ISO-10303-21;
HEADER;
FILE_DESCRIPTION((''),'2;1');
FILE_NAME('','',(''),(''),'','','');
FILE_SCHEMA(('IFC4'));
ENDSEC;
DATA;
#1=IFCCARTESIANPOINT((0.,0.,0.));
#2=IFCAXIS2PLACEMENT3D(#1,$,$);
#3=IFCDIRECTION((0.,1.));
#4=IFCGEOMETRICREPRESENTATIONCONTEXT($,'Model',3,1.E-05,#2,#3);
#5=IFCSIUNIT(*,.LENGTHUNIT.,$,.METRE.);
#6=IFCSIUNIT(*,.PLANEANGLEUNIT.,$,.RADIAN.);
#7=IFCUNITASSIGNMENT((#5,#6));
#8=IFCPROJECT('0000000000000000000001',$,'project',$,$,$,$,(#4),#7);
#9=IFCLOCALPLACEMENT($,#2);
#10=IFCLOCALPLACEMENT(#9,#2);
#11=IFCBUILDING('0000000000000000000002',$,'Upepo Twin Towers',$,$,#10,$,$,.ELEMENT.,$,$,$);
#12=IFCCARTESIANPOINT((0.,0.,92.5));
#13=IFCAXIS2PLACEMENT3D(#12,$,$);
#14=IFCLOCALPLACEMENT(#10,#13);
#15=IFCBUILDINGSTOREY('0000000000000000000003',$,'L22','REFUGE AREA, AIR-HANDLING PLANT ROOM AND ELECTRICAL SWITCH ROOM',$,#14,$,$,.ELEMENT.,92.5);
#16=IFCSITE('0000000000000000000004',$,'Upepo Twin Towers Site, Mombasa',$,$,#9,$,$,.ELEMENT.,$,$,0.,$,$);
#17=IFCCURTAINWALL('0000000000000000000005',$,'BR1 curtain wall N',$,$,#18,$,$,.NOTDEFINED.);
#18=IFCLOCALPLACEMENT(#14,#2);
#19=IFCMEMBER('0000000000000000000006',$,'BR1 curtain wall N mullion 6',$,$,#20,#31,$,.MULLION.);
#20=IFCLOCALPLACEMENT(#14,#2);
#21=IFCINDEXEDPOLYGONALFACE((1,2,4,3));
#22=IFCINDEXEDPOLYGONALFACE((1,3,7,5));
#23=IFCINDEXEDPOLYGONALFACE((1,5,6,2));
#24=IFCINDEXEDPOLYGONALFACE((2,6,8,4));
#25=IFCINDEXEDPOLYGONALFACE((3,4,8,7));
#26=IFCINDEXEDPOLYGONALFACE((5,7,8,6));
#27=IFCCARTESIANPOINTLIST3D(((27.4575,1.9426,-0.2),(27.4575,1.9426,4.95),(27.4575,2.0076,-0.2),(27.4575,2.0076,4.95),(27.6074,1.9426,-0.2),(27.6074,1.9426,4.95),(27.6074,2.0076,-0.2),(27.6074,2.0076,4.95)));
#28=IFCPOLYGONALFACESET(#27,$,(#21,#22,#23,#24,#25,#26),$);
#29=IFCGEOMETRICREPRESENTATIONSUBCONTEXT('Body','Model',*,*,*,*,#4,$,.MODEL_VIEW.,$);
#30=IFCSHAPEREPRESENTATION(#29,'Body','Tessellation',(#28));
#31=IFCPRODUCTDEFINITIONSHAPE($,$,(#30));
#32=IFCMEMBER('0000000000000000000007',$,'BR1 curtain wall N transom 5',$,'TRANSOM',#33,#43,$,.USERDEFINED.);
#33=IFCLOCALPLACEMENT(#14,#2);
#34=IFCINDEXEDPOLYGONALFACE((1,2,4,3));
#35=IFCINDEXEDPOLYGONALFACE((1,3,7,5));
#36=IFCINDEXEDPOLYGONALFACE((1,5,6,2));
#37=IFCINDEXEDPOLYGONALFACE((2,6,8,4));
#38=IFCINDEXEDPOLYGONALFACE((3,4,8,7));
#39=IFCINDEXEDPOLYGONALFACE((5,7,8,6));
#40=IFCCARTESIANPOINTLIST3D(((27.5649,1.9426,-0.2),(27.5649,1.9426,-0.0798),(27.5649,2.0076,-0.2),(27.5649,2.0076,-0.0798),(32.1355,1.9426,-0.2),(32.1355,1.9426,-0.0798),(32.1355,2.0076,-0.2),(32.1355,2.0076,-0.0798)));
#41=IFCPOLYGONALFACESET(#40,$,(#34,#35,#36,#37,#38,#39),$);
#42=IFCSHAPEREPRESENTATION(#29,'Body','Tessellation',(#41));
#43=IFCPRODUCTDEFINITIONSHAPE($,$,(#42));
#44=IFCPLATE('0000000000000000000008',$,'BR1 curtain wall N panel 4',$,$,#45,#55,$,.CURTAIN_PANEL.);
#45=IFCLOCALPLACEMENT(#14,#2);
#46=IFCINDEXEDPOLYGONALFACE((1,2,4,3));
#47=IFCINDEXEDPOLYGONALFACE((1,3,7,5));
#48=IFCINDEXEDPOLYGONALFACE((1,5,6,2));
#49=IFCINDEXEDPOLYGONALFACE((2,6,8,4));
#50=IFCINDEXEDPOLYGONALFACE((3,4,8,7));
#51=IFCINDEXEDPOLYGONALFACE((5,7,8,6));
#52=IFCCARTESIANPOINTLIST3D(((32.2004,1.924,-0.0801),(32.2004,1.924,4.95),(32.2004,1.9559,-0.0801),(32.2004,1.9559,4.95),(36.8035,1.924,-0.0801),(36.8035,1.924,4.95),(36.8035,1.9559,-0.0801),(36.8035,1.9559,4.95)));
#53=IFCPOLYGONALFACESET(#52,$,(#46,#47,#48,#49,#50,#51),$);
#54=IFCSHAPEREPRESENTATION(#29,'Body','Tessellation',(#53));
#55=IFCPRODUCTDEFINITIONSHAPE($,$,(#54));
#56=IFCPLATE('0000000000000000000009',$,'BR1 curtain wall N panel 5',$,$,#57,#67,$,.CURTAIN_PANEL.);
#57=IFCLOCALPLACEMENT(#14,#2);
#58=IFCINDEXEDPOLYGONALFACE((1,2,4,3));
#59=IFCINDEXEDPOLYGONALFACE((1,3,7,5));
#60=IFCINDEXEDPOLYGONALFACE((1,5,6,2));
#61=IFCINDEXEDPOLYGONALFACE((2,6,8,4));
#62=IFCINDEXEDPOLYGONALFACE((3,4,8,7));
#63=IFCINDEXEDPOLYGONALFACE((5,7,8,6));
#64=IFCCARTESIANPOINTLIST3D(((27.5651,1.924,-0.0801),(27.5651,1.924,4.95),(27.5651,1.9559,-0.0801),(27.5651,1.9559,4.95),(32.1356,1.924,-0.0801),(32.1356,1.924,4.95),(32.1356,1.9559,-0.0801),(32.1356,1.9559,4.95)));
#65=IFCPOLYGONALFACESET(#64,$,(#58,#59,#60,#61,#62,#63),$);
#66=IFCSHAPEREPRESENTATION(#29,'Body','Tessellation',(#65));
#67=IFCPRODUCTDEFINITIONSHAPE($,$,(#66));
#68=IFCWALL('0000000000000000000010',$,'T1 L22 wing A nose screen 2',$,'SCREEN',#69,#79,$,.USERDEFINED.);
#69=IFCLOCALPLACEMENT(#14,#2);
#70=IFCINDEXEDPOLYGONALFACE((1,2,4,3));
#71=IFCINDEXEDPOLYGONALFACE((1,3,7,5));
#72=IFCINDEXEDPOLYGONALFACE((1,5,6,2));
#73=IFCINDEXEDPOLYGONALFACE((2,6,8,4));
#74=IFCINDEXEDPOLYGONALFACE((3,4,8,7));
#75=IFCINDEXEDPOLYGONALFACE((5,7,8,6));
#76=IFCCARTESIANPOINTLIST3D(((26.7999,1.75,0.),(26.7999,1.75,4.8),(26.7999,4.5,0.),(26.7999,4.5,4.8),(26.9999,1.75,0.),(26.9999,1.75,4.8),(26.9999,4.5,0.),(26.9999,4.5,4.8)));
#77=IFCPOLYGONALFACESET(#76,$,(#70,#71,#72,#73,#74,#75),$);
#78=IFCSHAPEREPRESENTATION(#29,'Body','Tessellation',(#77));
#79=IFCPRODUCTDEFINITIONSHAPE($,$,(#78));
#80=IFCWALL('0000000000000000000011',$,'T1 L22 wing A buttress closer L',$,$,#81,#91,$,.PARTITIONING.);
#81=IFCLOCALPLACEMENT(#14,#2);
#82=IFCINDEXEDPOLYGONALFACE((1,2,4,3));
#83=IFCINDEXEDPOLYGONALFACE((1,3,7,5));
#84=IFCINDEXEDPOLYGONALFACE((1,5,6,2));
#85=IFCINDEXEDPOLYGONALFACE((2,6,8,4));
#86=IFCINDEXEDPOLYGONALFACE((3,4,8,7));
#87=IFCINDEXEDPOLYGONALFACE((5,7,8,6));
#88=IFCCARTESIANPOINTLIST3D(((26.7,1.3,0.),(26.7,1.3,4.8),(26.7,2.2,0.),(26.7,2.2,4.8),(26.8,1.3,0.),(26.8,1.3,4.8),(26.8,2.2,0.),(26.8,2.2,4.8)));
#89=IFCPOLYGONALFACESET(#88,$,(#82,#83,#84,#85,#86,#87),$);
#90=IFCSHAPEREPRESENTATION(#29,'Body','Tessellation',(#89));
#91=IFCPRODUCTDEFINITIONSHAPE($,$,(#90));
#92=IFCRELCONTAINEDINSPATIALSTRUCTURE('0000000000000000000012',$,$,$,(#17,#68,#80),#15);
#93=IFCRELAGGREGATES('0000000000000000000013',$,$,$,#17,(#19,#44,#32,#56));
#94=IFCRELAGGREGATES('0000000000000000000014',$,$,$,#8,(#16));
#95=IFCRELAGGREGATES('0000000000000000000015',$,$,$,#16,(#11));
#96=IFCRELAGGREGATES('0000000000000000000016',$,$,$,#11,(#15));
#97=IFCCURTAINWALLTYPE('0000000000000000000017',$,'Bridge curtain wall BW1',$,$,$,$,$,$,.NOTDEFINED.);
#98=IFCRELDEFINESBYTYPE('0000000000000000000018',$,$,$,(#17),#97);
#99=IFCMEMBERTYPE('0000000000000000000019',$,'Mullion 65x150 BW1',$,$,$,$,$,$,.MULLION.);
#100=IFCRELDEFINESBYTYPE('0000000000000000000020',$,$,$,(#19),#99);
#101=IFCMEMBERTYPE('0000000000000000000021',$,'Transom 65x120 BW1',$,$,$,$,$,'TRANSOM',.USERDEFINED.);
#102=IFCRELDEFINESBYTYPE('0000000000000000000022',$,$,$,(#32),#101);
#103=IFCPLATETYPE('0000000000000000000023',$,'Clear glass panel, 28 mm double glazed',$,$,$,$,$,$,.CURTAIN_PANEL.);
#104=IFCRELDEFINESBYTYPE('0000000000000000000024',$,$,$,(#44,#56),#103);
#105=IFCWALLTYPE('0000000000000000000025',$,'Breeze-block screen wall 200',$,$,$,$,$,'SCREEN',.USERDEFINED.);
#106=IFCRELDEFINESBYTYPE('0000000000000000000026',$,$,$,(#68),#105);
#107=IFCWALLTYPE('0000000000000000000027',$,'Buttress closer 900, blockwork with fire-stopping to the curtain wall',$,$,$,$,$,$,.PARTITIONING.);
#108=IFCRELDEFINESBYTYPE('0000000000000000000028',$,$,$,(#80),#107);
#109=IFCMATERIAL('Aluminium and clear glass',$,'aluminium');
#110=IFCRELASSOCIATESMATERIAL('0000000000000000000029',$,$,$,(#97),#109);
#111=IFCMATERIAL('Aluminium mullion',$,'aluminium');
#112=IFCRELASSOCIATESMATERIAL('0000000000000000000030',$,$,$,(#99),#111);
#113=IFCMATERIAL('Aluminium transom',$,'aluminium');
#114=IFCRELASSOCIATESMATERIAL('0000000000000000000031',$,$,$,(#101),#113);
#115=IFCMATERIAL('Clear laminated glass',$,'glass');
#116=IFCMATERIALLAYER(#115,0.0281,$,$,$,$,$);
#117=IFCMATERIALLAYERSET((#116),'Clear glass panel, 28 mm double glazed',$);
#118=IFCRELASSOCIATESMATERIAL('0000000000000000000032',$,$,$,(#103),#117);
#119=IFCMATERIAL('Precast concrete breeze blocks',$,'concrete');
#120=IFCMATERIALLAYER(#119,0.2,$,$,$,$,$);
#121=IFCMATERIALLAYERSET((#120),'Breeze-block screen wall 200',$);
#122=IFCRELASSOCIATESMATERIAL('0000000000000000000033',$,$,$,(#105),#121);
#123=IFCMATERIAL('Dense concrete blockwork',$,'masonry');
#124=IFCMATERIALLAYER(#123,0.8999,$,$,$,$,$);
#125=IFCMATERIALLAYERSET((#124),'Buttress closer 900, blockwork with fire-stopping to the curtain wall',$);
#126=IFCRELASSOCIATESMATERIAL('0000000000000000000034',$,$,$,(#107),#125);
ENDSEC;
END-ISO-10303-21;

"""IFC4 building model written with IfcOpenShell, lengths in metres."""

from ifc_helpers import new_model, si_unit, direction, frame, frame_2d, origin, origin_2d, place, context, subcontext, project, spatial, rectangle, extrude, material, layer, layer_set, material_profile, profile_set, type_object, element, aggregate, save


model = new_model("IFC4")

# Units and contexts
model_context = context("Model", 3, precision=1e-05, world=origin(), true_north=direction((0.0, 1.0)))
body_context = subcontext(model_context, "Body", "Model", "MODEL_VIEW")
ifc_project = project(units=[si_unit("LENGTHUNIT", "METRE"), si_unit("PLANEANGLEUNIT", "RADIAN")], contexts=[model_context])

# Site, building, storey
site_placement = place(None, origin())
site = spatial("IfcSite", under=ifc_project, at=site_placement, Name="Upepo Twin Towers Site, Mombasa", CompositionType="ELEMENT", RefElevation=0.0)
building_placement = place(site_placement, origin())
building = spatial("IfcBuilding", under=site, at=building_placement, Name="Upepo Twin Towers", CompositionType="ELEMENT")
storey_placement = place(building_placement, frame((0.0, 0.0, 92.5)))
storey = spatial("IfcBuildingStorey", under=building, at=storey_placement, Name="L22", Description="REFUGE AREA, AIR-HANDLING PLANT ROOM AND ELECTRICAL SWITCH ROOM", CompositionType="ELEMENT", Elevation=92.5)

# Curtain wall, members, plates
ifc_material_1 = material(Name="Aluminium and clear glass", Category="aluminium")
curtain_wall_type = type_object("IfcCurtainWallType", Name="Bridge curtain wall BW1", PredefinedType="NOTDEFINED", material=ifc_material_1)
curtain_wall_placement = place(storey_placement, origin())
curtain_wall = element("IfcCurtainWall", 1, at=curtain_wall_placement, inside=storey, type_object=curtain_wall_type, Name="BR1 curtain wall N", PredefinedType="NOTDEFINED")
ifc_material_2 = material(Name="Aluminium mullion", Category="aluminium")
ifc_material_profile_1 = material_profile(ifc_material_2, rectangle(XDim=0.0649, YDim=0.1499, at=origin_2d()), Name="MULLION 65x150 BRIDGE")
ifc_profile_set_1 = profile_set([ifc_material_profile_1], Name="Aluminium mullion")
member_type_1 = type_object("IfcMemberType", Name="Mullion 65x150 BW1", PredefinedType="MULLION", material=ifc_profile_set_1)
member_1_placement = place(storey_placement, frame((27.5325, 1.9751, -0.2), z_axis=(0.0, 0.0, 1.0), x_axis=(0.0, -1.0, 0.0)))
member_1 = element("IfcMember", 2, at=member_1_placement, type_object=member_type_1, Name="BR1 curtain wall N mullion 6", PredefinedType="MULLION", context=body_context, shape_type="SweptSolid", body=[
    extrude(rectangle(XDim=0.0649, YDim=0.1499, at=origin_2d()), origin(), (0.0, 0.0, 1.0), 5.1499),
])
ifc_material_3 = material(Name="Aluminium transom", Category="aluminium")
ifc_material_profile_2 = material_profile(ifc_material_3, rectangle(XDim=0.0649, YDim=0.1201, at=origin_2d()), Name="TRANSOM 65x120 BRIDGE")
ifc_profile_set_2 = profile_set([ifc_material_profile_2], Name="Aluminium transom")
member_type_2 = type_object("IfcMemberType", Name="Transom 65x120 BW1", ElementType="TRANSOM", PredefinedType="USERDEFINED", material=ifc_profile_set_2)
member_2_placement = place(storey_placement, frame((32.1355, 1.9751, -0.1399), z_axis=(-1.0, 0.0, 0.0), x_axis=(0.0, -1.0, 0.0)))
member_2 = element("IfcMember", 3, at=member_2_placement, type_object=member_type_2, Name="BR1 curtain wall N transom 5", ObjectType="TRANSOM", PredefinedType="USERDEFINED", context=body_context, shape_type="SweptSolid", body=[
    extrude(rectangle(XDim=0.0649, YDim=0.1201, at=origin_2d()), origin(), (0.0, 0.0, 1.0), 4.5706),
])
ifc_material_4 = material(Name="Clear laminated glass", Category="glass")
ifc_layer_1 = layer(ifc_material_4, 0.0281)
ifc_layer_set_1 = layer_set([ifc_layer_1], Name="Clear glass panel, 28 mm double glazed")
plate_type = type_object("IfcPlateType", Name="Clear glass panel, 28 mm double glazed", PredefinedType="CURTAIN_PANEL", material=ifc_layer_set_1)
plate_1_placement = place(storey_placement, frame((34.502, 1.9399, -0.0801), z_axis=(0.0, 0.0, 1.0), x_axis=(-1.0, 0.0, 0.0)))
plate_1 = element("IfcPlate", 4, at=plate_1_placement, type_object=plate_type, Name="BR1 curtain wall N panel 4", PredefinedType="CURTAIN_PANEL", context=body_context, shape_type="SweptSolid", body=[
    extrude(rectangle(XDim=4.603, YDim=0.032, at=origin_2d()), origin(), (0.0, 0.0, 1.0), 5.03),
])
plate_2_placement = place(storey_placement, frame((29.8503, 1.9399, -0.0801), z_axis=(0.0, 0.0, 1.0), x_axis=(-1.0, 0.0, 0.0)))
plate_2 = element("IfcPlate", 5, at=plate_2_placement, type_object=plate_type, Name="BR1 curtain wall N panel 5", PredefinedType="CURTAIN_PANEL", context=body_context, shape_type="SweptSolid", body=[
    extrude(rectangle(XDim=4.5706, YDim=0.032, at=origin_2d()), origin(), (0.0, 0.0, 1.0), 5.03),
])
aggregate(curtain_wall, [member_1, plate_1, member_2, plate_2])

# Walls
ifc_material_5 = material(Name="Precast concrete breeze blocks", Category="concrete")
ifc_layer_2 = layer(ifc_material_5, 0.2)
ifc_layer_set_2 = layer_set([ifc_layer_2], Name="Breeze-block screen wall 200")
wall_type_1 = type_object("IfcWallType", Name="Breeze-block screen wall 200", ElementType="SCREEN", PredefinedType="USERDEFINED", material=ifc_layer_set_2)
wall_1_placement = place(storey_placement, frame((26.8999, 1.75, 0.0), z_axis=(0.0, 0.0, 1.0), x_axis=(0.0, 1.0, 0.0)))
element("IfcWall", 6, at=wall_1_placement, inside=storey, type_object=wall_type_1, Name="T1 L22 wing A nose screen 2", ObjectType="SCREEN", PredefinedType="USERDEFINED", context=body_context, shape_type="SweptSolid", body=[
    extrude(rectangle(XDim=2.75, YDim=0.2, at=frame_2d((1.375, 0.0))), origin(), (0.0, 0.0, 1.0), 4.8),
])
ifc_material_6 = material(Name="Dense concrete blockwork", Category="masonry")
ifc_layer_3 = layer(ifc_material_6, 0.8999)
ifc_layer_set_3 = layer_set([ifc_layer_3], Name="Buttress closer 900, blockwork with fire-stopping to the curtain wall")
wall_type_2 = type_object("IfcWallType", Name="Buttress closer 900, blockwork with fire-stopping to the curtain wall", PredefinedType="PARTITIONING", material=ifc_layer_set_3)
wall_2_placement = place(storey_placement, frame((26.7, 1.75, 0.0), z_axis=(0.0, 0.0, 1.0), x_axis=(1.0, 0.0, 0.0)))
element("IfcWall", 7, at=wall_2_placement, inside=storey, type_object=wall_type_2, Name="T1 L22 wing A buttress closer L", PredefinedType="PARTITIONING", context=body_context, shape_type="SweptSolid", body=[
    extrude(rectangle(XDim=0.1001, YDim=0.8999, at=frame_2d((0.05, 0.0))), origin(), (0.0, 0.0, 1.0), 4.8),
])

save(model, "model.ifc")
